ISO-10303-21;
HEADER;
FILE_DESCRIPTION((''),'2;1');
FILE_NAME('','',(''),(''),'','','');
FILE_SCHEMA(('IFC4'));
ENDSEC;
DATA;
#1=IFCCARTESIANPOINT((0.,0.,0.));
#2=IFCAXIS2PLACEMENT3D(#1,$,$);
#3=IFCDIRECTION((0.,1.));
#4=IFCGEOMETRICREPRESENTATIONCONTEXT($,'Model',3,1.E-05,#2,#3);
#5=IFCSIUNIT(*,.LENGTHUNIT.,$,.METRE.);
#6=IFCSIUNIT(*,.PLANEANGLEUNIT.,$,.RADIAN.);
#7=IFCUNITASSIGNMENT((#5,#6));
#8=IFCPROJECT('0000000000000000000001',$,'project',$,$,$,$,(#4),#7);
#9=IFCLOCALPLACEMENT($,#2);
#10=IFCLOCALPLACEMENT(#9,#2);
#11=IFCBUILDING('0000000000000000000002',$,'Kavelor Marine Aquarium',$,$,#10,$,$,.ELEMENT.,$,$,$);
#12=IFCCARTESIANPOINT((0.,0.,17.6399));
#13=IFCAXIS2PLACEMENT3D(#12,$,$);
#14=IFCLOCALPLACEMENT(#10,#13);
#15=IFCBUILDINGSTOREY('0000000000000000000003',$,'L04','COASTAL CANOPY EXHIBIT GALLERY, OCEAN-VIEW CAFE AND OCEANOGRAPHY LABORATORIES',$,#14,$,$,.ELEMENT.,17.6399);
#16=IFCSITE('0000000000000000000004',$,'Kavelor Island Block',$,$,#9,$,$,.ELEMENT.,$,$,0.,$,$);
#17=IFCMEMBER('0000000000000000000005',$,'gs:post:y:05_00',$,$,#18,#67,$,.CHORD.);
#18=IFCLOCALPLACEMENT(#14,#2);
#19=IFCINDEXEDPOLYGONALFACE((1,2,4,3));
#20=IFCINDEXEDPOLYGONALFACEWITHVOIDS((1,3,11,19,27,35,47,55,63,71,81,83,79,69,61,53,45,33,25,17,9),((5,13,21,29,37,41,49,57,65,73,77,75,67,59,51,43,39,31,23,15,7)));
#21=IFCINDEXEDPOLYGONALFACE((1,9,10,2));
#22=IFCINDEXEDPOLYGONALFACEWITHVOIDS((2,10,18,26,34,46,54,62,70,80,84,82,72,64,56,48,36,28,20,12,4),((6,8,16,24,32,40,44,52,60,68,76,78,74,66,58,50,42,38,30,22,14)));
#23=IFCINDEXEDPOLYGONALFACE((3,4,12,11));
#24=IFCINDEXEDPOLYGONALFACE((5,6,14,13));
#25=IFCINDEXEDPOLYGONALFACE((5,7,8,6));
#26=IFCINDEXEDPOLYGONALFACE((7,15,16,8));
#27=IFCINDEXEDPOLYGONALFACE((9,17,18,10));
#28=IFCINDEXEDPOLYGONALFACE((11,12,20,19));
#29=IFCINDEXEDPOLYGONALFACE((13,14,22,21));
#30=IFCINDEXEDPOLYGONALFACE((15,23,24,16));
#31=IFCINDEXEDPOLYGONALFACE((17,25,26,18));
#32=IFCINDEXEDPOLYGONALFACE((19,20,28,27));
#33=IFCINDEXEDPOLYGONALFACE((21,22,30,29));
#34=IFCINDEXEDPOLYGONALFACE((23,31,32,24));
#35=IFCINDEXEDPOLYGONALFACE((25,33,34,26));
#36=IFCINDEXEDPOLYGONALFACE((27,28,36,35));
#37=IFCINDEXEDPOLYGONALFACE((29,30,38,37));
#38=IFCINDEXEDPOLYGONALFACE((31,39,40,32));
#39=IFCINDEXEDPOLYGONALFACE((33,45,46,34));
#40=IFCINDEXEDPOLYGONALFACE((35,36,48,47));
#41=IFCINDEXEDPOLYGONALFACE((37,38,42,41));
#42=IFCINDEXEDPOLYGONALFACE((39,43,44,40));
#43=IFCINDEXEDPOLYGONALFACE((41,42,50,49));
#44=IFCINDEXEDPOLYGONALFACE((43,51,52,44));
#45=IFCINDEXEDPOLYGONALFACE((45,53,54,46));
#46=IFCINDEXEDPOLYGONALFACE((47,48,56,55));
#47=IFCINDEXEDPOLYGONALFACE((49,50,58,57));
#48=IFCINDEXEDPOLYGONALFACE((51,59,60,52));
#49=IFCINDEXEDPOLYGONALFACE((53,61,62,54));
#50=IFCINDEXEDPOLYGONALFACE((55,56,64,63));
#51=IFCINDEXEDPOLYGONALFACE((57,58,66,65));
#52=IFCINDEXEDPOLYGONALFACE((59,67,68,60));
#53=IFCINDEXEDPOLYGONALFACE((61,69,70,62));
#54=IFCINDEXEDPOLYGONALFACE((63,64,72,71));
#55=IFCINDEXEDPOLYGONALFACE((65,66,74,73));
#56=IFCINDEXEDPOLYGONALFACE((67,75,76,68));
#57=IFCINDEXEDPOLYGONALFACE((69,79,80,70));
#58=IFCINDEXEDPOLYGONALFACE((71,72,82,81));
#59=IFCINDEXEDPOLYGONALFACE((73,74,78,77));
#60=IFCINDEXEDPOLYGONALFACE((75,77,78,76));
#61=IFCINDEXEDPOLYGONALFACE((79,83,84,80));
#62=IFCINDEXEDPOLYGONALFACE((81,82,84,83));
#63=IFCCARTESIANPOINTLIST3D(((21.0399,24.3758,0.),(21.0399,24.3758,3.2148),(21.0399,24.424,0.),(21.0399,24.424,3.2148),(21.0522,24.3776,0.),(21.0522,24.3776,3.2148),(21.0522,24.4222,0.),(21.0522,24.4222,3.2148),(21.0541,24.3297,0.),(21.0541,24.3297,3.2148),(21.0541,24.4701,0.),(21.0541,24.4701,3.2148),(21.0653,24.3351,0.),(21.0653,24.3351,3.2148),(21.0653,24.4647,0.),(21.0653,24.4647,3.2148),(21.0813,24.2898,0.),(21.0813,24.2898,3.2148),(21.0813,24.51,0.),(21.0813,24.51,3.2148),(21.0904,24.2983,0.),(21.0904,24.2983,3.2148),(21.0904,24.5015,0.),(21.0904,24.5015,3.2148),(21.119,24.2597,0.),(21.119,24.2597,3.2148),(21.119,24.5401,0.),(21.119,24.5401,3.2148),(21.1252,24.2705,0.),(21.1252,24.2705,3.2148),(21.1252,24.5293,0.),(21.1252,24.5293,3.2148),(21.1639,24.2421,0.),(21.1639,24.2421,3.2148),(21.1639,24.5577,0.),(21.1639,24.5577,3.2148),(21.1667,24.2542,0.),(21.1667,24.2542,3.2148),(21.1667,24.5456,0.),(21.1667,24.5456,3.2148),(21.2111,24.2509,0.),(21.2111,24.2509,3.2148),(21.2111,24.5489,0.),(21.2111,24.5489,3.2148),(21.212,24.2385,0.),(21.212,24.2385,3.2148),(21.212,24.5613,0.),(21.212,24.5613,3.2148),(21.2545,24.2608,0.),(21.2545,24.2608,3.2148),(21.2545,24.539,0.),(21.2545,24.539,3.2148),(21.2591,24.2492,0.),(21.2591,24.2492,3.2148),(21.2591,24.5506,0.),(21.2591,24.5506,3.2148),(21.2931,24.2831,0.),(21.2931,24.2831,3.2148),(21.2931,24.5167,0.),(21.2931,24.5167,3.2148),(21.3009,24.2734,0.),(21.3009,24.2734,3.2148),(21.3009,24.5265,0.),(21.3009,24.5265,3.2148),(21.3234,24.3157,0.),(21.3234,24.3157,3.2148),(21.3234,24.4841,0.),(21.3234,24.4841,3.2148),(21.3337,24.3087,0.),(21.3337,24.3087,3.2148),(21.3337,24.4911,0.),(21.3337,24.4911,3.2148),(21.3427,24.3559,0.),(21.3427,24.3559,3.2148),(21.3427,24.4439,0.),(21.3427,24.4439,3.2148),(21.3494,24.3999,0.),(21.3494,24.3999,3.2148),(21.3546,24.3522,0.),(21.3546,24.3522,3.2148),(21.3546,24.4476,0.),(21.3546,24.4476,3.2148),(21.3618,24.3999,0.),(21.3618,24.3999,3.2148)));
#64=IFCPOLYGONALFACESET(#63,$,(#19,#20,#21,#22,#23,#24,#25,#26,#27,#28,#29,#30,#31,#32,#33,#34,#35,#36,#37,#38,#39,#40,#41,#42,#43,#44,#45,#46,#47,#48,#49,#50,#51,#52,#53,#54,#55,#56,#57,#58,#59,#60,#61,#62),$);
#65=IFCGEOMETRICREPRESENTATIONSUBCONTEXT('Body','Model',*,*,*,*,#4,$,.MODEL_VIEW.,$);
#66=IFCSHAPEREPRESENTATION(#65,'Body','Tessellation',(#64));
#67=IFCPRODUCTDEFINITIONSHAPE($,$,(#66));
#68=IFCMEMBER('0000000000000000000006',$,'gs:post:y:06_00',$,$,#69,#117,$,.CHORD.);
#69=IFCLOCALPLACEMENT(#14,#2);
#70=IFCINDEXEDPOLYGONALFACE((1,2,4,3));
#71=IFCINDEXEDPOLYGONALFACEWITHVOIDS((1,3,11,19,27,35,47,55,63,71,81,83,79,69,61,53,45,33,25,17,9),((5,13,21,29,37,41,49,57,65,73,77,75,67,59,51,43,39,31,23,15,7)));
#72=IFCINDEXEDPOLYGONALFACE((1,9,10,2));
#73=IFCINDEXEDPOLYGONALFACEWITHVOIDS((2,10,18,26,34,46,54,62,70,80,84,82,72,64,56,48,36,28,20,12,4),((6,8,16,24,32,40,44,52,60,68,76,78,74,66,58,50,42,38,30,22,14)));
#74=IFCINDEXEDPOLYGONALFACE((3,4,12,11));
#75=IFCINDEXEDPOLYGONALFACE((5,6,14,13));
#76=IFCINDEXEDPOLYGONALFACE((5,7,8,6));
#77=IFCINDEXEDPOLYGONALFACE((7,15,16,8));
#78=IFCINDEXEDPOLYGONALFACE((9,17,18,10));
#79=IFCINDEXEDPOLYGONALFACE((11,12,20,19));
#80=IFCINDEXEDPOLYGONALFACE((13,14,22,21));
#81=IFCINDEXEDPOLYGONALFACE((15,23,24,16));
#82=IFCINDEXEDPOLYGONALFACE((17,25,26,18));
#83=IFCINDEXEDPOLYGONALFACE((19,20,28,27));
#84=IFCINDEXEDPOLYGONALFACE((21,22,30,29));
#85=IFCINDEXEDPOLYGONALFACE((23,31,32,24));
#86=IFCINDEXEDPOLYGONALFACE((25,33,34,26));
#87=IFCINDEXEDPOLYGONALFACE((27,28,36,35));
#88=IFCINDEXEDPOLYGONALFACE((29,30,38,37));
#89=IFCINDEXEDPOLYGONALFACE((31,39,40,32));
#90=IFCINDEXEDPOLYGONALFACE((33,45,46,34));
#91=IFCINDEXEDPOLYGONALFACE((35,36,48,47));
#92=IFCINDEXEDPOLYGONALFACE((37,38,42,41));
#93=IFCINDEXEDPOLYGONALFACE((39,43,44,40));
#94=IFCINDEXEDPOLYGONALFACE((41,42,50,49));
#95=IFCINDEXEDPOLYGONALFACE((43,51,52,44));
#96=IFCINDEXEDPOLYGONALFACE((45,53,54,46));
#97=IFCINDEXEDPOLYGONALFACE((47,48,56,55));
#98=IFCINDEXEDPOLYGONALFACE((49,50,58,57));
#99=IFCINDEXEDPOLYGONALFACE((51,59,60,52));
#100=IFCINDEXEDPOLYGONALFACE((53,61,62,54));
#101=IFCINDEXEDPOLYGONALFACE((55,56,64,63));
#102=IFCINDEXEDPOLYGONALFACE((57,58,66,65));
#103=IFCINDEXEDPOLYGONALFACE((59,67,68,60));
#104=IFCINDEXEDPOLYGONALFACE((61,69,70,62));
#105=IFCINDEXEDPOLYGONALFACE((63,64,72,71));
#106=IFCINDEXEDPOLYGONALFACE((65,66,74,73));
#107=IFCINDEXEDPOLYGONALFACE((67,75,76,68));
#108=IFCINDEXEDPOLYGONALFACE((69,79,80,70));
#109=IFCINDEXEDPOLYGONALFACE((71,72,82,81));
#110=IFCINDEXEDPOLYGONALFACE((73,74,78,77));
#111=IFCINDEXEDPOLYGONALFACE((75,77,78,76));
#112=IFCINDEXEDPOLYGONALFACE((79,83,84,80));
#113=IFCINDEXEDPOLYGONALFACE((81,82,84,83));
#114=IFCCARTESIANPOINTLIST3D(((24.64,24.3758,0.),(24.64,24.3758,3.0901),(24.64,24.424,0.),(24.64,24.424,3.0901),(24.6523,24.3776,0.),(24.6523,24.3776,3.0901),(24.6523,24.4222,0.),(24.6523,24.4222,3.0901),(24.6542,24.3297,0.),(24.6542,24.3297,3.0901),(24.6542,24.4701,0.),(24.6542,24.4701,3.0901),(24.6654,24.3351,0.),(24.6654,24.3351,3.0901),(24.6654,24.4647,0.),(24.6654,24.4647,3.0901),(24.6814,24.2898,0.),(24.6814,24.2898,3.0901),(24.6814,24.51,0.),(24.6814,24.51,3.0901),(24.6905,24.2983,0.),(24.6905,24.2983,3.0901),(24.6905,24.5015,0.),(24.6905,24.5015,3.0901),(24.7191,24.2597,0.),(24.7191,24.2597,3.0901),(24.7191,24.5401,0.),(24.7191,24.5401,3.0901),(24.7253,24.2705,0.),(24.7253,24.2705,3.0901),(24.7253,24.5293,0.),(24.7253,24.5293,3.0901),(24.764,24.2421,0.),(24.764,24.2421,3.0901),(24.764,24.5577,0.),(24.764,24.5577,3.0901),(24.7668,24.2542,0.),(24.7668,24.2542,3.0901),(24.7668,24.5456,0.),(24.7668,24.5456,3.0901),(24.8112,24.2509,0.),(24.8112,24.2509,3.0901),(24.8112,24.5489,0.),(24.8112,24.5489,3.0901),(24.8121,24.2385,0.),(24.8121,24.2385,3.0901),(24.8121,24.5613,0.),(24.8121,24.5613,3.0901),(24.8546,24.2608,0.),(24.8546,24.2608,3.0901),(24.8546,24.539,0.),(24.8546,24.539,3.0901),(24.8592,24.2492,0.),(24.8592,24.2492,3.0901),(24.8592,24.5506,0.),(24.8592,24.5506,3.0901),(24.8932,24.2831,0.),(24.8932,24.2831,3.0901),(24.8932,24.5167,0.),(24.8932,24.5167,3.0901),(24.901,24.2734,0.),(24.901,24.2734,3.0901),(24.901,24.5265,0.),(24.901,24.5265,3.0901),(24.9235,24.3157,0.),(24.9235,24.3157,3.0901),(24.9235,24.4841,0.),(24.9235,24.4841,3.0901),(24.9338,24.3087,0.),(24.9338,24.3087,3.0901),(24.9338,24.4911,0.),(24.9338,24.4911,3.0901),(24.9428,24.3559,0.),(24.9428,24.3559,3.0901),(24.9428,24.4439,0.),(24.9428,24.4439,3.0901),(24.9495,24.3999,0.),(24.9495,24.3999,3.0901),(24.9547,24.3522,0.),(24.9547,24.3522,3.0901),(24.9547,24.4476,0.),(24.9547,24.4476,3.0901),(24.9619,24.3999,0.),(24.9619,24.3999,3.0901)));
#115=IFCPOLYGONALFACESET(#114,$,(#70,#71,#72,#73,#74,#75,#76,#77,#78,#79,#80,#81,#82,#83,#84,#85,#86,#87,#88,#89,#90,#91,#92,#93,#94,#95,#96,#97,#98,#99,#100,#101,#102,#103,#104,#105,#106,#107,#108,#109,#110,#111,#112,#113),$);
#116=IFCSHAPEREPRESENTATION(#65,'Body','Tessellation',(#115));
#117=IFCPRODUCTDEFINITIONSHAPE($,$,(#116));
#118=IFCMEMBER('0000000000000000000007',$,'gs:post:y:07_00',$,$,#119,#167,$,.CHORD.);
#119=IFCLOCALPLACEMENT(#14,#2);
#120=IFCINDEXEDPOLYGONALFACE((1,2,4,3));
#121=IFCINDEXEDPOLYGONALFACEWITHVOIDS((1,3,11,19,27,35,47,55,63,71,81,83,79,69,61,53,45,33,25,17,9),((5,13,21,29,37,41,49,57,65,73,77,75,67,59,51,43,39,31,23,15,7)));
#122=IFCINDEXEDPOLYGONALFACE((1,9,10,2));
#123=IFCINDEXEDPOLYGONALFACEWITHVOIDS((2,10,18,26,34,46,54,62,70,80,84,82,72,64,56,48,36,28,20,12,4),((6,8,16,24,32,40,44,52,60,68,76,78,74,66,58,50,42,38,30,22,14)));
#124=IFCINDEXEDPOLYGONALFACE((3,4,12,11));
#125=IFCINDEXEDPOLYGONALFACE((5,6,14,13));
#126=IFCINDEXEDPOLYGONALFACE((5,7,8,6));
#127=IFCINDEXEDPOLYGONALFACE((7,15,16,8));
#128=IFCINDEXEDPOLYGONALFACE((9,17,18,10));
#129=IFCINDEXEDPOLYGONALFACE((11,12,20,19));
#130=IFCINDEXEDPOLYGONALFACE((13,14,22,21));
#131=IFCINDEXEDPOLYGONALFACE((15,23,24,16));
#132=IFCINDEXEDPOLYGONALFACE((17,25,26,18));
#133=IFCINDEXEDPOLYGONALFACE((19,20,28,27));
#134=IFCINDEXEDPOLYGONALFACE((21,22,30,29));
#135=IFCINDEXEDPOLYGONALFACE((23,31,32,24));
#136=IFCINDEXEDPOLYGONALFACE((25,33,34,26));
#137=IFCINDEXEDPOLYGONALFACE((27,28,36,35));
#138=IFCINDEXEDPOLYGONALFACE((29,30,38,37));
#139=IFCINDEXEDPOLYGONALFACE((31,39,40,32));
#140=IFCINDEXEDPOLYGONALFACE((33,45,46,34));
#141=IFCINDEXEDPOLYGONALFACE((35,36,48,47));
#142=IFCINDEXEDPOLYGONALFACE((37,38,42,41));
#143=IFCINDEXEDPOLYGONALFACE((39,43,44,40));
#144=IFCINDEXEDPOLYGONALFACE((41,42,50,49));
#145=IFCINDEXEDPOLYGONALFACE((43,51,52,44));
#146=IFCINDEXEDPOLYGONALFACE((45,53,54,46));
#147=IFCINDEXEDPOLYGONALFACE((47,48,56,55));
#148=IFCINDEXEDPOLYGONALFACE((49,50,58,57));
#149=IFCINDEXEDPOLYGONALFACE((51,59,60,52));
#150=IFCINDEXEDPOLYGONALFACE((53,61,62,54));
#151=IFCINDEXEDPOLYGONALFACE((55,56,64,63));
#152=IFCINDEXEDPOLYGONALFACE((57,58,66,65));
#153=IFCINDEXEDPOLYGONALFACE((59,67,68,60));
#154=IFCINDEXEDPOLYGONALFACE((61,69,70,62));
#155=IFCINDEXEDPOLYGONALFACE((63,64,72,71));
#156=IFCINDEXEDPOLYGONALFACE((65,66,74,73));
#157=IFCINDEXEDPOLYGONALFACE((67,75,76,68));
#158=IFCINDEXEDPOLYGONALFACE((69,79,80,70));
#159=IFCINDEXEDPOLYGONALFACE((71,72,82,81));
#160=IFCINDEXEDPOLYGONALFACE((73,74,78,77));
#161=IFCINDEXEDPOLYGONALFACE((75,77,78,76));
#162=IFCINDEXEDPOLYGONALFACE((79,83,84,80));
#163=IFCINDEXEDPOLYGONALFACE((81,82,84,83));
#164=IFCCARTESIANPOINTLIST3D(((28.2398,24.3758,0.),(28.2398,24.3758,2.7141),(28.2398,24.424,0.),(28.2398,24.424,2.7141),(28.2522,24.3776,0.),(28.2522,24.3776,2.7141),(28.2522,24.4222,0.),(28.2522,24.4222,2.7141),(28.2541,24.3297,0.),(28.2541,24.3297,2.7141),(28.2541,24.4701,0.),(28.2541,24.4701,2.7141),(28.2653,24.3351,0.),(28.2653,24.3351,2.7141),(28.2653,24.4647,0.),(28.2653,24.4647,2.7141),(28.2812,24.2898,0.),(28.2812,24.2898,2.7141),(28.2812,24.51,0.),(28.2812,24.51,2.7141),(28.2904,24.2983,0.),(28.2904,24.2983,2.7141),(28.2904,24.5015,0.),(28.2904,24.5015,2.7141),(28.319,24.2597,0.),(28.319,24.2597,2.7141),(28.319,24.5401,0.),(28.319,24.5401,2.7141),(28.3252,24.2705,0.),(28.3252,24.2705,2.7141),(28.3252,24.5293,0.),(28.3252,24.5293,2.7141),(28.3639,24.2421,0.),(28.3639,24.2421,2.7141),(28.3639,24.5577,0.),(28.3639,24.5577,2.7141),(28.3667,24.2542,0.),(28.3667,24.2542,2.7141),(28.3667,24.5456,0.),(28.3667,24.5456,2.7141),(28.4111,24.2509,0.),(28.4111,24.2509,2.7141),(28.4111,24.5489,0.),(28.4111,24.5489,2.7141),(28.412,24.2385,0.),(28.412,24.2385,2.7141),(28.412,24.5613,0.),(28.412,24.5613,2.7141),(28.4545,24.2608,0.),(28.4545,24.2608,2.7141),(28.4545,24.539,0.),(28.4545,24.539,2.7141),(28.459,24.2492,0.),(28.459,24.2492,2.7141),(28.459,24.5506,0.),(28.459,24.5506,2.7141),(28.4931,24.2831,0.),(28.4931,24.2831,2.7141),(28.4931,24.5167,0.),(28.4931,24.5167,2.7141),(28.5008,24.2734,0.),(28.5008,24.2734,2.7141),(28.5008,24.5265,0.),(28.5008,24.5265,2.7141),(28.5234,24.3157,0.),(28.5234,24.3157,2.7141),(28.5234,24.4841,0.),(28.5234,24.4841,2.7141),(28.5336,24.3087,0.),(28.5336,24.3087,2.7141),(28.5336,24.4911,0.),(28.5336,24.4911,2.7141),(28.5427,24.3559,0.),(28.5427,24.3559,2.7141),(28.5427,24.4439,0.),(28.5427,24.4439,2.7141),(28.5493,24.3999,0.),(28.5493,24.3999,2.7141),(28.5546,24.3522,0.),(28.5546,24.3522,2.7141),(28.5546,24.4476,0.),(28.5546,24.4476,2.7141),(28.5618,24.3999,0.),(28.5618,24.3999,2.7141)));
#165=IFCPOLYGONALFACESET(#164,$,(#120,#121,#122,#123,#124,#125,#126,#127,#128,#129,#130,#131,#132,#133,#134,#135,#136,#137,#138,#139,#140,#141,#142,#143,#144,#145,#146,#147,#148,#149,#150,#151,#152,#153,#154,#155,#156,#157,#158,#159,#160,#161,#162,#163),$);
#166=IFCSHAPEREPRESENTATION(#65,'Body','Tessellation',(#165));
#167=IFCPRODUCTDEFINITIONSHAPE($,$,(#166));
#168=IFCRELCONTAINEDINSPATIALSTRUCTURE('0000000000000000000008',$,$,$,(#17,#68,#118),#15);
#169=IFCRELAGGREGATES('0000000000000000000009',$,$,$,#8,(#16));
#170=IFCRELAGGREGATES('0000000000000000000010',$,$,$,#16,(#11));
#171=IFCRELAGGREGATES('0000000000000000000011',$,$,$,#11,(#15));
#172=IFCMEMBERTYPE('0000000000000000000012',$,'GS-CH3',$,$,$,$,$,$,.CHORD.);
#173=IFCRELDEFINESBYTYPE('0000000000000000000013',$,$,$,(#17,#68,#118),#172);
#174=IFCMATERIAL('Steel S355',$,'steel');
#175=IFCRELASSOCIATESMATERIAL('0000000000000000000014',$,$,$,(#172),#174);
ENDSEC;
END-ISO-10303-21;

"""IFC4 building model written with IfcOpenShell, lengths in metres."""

from ifc_helpers import new_model, si_unit, direction, frame, origin, origin_2d, place, context, subcontext, project, spatial, hollow_circle, extrude, material, material_profile, profile_set, type_object, element, save


model = new_model("IFC4")

# Units and contexts
model_context = context("Model", 3, precision=1e-05, world=origin(), true_north=direction((0.0, 1.0)))
body_context = subcontext(model_context, "Body", "Model", "MODEL_VIEW")
ifc_project = project(units=[si_unit("LENGTHUNIT", "METRE"), si_unit("PLANEANGLEUNIT", "RADIAN")], contexts=[model_context])

# Site, building, storey
site_placement = place(None, origin())
site = spatial("IfcSite", under=ifc_project, at=site_placement, Name="Kavelor Island Block", CompositionType="ELEMENT", RefElevation=0.0)
building_placement = place(site_placement, origin())
building = spatial("IfcBuilding", under=site, at=building_placement, Name="Kavelor Marine Aquarium", CompositionType="ELEMENT")
storey_placement = place(building_placement, frame((0.0, 0.0, 17.6399)))
storey = spatial("IfcBuildingStorey", under=building, at=storey_placement, Name="L04", Description="COASTAL CANOPY EXHIBIT GALLERY, OCEAN-VIEW CAFE AND OCEANOGRAPHY LABORATORIES", CompositionType="ELEMENT", Elevation=17.6399)

# Members
ifc_material_1 = material(Name="Steel S355", Category="steel")
ifc_material_profile_1 = material_profile(ifc_material_1, hollow_circle(Radius=0.1619, WallThickness=0.0125, at=origin_2d()), Name="CHS 323.9x12.5")
ifc_profile_set_1 = profile_set([ifc_material_profile_1], Name="Steel S355")
member_type_1 = type_object("IfcMemberType", Name="GS-CH3", PredefinedType="CHORD", material=ifc_profile_set_1)
member_1_placement = place(storey_placement, frame((21.2, 24.3999, 0.0), z_axis=(0.0, 0.0, 1.0), x_axis=(1.0, 0.0, 0.0)))
element("IfcMember", 1, at=member_1_placement, inside=storey, type_object=member_type_1, Name="gs:post:y:05_00", PredefinedType="CHORD", context=body_context, shape_type="SweptSolid", body=[
    extrude(hollow_circle(Radius=0.1619, WallThickness=0.0125, at=origin_2d()), origin(), (0.0, 0.0, 1.0), 3.2148),
])
member_2_placement = place(storey_placement, frame((24.8, 24.3999, 0.0), z_axis=(0.0, 0.0, 1.0), x_axis=(1.0, 0.0, 0.0)))
element("IfcMember", 2, at=member_2_placement, inside=storey, type_object=member_type_1, Name="gs:post:y:06_00", PredefinedType="CHORD", context=body_context, shape_type="SweptSolid", body=[
    extrude(hollow_circle(Radius=0.1619, WallThickness=0.0125, at=origin_2d()), origin(), (0.0, 0.0, 1.0), 3.0901),
])
member_3_placement = place(storey_placement, frame((28.3999, 24.3999, 0.0), z_axis=(0.0, 0.0, 1.0), x_axis=(1.0, 0.0, 0.0)))
element("IfcMember", 3, at=member_3_placement, inside=storey, type_object=member_type_1, Name="gs:post:y:07_00", PredefinedType="CHORD", context=body_context, shape_type="SweptSolid", body=[
    extrude(hollow_circle(Radius=0.1619, WallThickness=0.0125, at=origin_2d()), origin(), (0.0, 0.0, 1.0), 2.7141),
])

save(model, "model.ifc")
